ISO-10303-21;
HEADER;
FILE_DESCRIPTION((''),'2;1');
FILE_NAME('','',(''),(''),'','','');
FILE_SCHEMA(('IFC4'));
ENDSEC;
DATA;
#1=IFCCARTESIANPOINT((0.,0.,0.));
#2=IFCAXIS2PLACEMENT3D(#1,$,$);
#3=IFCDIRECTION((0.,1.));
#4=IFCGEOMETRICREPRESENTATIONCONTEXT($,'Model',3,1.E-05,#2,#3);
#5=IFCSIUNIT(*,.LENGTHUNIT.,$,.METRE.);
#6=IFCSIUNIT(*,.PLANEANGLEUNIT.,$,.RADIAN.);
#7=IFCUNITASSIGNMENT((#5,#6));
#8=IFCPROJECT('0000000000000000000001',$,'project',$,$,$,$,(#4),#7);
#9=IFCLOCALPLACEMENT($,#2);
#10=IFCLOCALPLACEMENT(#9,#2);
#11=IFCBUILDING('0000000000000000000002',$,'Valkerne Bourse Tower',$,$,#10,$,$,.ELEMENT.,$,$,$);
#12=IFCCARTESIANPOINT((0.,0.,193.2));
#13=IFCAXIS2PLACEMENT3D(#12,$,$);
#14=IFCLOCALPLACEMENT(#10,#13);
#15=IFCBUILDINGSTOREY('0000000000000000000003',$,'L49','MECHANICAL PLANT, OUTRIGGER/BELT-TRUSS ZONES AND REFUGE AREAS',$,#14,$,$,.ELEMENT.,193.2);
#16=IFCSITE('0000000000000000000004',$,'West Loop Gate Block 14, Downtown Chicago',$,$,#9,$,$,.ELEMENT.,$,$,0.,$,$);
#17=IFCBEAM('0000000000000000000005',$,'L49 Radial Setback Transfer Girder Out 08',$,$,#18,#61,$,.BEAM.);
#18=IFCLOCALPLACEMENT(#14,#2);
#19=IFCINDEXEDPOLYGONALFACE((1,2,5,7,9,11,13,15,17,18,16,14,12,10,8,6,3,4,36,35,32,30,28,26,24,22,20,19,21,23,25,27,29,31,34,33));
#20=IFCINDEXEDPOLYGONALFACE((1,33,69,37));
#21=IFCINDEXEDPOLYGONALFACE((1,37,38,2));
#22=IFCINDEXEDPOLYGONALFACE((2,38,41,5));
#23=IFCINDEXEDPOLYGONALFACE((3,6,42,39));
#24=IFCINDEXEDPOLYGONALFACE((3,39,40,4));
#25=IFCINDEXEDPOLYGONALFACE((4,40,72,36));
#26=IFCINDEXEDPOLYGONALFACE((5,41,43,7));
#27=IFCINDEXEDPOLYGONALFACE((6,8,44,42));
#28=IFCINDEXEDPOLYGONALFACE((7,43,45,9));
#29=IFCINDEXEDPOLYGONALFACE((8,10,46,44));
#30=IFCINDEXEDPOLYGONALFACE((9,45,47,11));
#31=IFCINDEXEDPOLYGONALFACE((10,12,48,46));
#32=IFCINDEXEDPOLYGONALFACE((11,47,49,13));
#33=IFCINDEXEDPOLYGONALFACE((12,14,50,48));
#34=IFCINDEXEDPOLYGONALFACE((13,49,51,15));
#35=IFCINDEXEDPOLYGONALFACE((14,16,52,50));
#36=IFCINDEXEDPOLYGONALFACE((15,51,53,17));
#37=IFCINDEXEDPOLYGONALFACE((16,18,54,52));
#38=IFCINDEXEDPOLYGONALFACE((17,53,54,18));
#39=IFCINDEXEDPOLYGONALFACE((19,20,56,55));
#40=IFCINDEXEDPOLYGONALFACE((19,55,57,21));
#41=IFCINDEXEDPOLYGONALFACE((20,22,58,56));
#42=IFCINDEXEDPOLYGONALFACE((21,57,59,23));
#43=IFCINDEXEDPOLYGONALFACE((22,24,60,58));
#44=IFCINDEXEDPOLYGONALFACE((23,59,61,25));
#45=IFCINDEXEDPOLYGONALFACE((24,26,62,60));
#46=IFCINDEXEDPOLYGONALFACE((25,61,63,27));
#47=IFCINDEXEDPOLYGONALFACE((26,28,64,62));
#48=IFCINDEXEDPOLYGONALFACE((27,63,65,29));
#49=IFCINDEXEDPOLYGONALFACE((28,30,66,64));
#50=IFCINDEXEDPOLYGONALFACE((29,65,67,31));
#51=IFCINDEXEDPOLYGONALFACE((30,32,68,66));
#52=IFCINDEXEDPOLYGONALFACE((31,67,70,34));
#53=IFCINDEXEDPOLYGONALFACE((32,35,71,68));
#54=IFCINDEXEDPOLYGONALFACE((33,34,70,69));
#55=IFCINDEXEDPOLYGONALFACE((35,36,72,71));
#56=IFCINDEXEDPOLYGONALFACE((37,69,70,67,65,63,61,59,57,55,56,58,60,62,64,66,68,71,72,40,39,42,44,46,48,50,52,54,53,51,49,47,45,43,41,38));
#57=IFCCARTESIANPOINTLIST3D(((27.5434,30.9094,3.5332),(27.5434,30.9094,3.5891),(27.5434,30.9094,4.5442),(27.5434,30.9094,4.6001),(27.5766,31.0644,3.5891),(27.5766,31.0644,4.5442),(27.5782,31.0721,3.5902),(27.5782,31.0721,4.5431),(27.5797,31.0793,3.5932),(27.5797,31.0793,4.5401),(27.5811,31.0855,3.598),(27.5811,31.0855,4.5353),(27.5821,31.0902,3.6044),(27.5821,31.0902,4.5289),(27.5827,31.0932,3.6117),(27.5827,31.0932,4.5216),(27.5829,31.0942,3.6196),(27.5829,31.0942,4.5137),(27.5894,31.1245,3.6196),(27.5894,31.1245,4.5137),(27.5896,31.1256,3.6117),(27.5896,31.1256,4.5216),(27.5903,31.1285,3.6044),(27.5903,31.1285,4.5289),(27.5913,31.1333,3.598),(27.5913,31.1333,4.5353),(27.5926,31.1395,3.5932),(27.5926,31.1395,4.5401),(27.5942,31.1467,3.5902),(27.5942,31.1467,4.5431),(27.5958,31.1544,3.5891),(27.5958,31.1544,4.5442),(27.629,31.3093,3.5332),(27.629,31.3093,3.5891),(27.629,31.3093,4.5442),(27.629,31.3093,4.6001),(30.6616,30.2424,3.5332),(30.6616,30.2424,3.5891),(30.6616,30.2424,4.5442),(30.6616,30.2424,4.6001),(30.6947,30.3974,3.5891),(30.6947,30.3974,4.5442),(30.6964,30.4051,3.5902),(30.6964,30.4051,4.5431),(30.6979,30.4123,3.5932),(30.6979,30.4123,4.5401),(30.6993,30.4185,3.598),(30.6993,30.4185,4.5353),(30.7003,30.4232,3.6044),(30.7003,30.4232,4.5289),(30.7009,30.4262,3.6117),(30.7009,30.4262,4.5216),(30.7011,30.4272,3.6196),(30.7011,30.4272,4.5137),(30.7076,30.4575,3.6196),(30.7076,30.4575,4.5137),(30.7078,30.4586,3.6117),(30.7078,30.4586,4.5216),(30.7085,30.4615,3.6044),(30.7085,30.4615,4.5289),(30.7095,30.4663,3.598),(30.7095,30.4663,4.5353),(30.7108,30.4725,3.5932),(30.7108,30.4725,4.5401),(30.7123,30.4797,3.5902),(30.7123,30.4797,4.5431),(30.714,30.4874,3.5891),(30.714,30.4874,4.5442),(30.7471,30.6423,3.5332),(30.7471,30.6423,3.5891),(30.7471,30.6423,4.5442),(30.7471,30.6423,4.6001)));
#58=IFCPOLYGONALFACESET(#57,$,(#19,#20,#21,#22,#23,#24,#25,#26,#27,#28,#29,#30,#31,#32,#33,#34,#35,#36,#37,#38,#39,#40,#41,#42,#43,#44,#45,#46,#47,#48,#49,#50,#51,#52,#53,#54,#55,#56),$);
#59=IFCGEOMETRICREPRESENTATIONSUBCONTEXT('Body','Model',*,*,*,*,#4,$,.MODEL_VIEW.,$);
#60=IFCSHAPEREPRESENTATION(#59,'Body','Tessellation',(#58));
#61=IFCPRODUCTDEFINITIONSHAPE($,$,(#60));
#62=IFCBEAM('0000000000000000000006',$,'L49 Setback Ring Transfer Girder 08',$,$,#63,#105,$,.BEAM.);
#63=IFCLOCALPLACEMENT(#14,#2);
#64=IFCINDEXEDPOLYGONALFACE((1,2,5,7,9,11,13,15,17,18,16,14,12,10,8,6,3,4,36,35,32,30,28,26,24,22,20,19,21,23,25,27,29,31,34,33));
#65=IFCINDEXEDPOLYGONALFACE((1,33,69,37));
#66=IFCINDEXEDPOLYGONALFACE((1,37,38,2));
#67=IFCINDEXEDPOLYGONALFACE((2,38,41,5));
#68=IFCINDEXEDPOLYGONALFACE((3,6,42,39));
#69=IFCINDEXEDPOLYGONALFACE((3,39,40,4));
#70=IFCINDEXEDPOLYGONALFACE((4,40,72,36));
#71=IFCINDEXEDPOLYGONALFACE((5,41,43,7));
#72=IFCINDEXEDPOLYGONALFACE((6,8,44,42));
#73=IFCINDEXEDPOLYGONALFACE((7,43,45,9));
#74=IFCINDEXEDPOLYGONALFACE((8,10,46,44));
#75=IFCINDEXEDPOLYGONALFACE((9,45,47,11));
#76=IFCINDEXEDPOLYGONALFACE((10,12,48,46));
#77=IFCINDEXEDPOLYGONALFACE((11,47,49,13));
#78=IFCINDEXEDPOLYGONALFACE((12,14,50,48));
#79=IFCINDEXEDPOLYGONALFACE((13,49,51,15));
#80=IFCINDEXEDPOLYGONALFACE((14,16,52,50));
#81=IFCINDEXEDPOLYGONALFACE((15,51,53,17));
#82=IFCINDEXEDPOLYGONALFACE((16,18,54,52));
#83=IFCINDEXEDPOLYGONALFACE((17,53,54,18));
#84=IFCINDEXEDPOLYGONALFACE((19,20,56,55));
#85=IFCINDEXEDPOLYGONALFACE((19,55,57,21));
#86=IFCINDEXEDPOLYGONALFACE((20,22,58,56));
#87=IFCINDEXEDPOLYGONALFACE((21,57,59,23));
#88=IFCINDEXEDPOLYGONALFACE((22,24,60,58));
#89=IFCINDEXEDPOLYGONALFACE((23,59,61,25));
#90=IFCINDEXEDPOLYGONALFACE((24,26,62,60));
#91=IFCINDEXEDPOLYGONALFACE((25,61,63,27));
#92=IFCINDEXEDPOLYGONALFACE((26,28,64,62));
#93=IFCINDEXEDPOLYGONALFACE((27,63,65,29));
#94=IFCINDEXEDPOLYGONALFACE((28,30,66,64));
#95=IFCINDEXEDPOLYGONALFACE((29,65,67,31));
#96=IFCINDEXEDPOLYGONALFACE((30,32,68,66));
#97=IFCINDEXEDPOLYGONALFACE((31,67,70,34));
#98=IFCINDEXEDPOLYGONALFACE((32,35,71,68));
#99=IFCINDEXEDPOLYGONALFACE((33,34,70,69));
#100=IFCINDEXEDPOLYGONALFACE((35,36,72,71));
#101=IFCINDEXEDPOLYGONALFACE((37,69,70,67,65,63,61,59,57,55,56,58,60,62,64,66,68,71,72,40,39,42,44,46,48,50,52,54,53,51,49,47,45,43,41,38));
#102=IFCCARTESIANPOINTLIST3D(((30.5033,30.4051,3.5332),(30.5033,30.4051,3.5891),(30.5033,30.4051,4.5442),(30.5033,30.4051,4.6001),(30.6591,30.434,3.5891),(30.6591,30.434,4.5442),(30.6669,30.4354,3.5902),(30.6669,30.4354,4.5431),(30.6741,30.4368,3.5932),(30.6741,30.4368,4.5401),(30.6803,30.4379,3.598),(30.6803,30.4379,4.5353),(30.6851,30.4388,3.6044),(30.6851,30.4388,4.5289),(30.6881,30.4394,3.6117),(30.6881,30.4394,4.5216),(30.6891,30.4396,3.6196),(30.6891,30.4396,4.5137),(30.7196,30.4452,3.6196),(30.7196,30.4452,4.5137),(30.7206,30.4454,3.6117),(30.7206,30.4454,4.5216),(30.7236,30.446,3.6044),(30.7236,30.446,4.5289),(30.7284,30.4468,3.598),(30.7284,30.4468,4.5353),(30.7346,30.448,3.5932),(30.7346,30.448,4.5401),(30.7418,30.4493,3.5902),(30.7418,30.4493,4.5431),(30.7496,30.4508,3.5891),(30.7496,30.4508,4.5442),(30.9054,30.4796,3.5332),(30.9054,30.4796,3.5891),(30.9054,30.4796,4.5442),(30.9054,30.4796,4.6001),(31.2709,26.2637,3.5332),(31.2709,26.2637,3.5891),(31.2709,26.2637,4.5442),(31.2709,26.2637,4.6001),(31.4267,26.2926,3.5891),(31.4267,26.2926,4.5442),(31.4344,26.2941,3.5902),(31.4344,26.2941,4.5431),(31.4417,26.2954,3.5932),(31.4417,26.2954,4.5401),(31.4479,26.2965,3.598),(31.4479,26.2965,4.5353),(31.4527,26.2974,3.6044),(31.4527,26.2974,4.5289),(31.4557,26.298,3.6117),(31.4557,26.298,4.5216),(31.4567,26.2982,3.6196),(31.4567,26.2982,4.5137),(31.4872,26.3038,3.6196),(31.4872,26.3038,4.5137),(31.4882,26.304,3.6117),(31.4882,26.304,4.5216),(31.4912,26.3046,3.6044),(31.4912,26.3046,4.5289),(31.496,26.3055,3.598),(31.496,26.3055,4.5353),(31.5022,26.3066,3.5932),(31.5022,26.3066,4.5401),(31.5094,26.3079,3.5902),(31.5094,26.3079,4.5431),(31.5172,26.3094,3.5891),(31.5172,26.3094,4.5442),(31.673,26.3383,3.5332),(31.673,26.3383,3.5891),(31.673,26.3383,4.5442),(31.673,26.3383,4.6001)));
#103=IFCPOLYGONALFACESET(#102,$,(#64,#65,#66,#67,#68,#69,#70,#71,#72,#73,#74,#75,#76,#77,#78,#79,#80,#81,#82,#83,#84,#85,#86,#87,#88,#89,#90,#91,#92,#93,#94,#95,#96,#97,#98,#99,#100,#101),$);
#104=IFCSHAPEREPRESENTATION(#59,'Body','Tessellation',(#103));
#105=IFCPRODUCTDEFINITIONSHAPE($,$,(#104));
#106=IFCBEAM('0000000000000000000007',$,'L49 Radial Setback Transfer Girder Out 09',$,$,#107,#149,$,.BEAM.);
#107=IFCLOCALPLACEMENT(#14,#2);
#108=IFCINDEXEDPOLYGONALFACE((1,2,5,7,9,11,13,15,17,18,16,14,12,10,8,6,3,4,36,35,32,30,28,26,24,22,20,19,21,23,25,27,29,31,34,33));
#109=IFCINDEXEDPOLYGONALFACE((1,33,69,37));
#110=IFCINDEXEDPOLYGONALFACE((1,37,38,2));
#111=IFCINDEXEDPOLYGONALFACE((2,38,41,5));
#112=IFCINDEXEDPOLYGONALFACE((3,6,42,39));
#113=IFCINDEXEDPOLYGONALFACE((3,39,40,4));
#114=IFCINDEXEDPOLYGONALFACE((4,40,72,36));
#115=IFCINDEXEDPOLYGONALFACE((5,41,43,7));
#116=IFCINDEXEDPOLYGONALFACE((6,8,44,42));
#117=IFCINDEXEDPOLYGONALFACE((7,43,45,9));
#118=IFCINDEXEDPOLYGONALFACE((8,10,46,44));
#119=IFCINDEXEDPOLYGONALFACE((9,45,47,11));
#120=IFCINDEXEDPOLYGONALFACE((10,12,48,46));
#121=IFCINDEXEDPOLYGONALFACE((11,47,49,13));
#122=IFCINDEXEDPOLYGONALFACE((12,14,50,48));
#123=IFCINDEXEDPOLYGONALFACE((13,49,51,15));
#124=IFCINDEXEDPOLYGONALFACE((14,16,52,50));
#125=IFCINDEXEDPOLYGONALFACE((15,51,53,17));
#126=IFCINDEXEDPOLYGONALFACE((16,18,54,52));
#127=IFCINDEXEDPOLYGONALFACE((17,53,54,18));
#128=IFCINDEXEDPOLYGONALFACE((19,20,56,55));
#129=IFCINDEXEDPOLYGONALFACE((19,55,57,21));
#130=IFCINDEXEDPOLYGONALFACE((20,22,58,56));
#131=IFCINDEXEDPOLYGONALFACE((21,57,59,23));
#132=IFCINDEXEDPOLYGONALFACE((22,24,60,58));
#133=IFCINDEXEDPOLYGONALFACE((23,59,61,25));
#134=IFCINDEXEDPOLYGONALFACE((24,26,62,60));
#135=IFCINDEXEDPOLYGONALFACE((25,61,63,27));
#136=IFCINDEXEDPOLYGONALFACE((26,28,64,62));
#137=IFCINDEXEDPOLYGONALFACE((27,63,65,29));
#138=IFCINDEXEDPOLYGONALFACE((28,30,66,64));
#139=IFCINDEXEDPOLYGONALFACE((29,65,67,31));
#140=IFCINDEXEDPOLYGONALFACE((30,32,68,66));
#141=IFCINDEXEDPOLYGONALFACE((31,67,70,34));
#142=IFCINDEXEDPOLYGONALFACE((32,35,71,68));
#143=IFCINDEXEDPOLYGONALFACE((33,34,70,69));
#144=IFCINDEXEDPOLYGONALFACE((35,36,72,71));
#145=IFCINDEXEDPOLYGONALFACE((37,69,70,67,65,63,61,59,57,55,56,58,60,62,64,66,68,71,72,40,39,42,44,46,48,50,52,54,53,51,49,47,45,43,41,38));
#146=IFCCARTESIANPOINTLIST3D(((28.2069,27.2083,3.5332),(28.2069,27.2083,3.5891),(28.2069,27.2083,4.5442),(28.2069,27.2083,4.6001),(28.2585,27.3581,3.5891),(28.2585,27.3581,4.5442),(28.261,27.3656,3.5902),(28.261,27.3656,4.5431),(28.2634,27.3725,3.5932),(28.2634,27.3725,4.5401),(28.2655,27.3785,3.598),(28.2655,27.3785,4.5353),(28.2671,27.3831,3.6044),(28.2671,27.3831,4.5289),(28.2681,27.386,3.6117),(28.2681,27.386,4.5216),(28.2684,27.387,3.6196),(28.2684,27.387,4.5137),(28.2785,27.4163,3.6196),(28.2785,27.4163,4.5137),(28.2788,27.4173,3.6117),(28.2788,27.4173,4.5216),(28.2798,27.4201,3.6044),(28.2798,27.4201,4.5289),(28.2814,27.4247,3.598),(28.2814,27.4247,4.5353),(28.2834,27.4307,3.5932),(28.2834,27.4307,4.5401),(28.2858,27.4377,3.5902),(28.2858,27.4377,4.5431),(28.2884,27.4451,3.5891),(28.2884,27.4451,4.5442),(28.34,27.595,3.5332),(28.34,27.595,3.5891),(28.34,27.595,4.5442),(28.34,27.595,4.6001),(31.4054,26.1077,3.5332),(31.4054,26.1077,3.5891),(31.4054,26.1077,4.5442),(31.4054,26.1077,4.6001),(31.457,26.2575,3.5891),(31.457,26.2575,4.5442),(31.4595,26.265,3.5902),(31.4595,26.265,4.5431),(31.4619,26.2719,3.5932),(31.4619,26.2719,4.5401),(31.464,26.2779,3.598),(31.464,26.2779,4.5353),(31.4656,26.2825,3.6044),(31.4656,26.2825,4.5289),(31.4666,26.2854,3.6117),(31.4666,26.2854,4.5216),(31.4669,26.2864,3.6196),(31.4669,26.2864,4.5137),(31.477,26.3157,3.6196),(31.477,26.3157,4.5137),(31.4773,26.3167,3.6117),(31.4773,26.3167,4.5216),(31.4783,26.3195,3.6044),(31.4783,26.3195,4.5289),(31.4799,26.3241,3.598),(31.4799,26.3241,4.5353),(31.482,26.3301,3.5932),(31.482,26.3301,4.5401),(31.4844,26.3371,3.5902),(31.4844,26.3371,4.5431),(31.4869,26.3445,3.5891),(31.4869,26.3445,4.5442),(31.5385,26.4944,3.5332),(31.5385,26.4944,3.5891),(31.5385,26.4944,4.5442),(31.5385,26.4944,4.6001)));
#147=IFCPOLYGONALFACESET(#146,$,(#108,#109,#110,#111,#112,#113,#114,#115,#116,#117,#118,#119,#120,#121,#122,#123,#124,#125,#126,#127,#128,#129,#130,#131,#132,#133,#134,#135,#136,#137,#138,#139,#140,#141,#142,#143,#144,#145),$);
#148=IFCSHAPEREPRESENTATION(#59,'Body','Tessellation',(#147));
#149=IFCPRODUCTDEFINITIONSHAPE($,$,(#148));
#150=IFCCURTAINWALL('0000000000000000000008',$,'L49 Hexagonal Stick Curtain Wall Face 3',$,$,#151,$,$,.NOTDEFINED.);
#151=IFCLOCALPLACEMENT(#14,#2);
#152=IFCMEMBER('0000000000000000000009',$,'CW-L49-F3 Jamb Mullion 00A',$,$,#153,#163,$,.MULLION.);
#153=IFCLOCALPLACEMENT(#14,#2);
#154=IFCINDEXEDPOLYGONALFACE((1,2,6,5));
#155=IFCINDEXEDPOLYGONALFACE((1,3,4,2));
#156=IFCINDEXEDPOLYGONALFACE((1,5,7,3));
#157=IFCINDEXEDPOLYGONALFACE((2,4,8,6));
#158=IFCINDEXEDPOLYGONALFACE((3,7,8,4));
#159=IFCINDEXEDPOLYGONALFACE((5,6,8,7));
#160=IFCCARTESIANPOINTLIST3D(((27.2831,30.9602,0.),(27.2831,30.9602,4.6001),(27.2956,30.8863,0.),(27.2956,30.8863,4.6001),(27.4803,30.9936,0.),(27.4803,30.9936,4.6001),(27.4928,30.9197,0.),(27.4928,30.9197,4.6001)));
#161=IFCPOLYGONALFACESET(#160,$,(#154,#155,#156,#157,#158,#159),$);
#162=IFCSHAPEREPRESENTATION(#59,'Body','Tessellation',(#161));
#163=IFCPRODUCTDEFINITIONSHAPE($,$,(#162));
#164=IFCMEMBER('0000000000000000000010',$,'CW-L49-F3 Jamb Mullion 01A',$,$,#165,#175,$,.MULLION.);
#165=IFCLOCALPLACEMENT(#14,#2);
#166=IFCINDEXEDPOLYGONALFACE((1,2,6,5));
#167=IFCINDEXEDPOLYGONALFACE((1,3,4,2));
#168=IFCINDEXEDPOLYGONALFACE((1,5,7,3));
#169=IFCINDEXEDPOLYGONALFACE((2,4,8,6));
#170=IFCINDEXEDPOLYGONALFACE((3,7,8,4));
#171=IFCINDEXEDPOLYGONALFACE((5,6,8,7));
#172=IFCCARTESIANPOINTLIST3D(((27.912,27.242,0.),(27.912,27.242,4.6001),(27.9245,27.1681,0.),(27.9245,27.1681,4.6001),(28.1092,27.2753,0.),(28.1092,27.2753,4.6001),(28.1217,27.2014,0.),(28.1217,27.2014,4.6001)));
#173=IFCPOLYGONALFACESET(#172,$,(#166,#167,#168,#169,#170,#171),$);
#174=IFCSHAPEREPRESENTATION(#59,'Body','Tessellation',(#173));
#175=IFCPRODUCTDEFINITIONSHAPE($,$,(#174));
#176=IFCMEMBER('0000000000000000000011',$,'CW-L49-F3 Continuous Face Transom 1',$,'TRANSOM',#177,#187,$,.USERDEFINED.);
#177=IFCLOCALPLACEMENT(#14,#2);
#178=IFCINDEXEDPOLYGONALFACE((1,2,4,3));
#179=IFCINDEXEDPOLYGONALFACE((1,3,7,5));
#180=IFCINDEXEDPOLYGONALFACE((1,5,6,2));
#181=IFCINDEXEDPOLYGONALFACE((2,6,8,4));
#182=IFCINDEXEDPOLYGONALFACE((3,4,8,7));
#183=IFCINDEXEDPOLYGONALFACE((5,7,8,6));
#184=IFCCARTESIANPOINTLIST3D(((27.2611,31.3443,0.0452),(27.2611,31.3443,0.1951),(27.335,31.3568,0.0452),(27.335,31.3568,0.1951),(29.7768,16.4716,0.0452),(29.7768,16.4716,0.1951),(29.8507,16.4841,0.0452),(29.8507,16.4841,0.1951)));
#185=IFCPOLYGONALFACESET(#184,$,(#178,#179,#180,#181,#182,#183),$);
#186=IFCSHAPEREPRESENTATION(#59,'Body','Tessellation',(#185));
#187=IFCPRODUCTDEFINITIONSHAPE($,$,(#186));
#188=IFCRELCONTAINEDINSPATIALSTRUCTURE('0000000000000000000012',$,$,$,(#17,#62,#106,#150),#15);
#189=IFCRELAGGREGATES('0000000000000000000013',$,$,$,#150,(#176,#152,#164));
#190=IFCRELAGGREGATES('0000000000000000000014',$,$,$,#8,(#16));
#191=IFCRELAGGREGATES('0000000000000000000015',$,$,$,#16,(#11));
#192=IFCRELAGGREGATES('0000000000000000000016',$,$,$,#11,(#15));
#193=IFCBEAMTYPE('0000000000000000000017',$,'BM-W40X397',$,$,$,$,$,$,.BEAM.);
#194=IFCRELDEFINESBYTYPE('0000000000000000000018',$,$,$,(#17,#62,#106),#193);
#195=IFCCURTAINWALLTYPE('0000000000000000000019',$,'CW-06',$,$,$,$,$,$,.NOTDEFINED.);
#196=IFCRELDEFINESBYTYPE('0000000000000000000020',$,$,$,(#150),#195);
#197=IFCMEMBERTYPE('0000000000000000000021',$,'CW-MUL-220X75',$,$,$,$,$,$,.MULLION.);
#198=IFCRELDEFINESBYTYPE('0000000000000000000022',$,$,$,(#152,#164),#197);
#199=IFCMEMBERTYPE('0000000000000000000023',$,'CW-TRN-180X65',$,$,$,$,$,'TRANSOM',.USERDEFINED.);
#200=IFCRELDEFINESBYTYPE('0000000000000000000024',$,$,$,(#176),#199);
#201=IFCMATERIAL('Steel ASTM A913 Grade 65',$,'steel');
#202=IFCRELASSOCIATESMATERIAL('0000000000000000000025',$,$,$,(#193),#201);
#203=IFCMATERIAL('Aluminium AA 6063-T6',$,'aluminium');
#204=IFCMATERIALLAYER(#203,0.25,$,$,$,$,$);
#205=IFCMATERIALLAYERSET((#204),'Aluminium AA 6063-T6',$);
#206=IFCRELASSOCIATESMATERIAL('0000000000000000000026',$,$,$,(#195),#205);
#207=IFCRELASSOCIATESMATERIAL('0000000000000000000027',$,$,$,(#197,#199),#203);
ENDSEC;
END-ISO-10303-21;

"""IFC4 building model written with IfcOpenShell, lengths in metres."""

from ifc_helpers import new_model, si_unit, direction, frame, origin, origin_2d, place, context, subcontext, project, spatial, rectangle, i_section, extrude, material, layer, layer_set, material_profile, profile_set, type_object, element, aggregate, save


model = new_model("IFC4")

# Units and contexts
model_context = context("Model", 3, precision=1e-05, world=origin(), true_north=direction((0.0, 1.0)))
body_context = subcontext(model_context, "Body", "Model", "MODEL_VIEW")
ifc_project = project(units=[si_unit("LENGTHUNIT", "METRE"), si_unit("PLANEANGLEUNIT", "RADIAN")], contexts=[model_context])

# Site, building, storey
site_placement = place(None, origin())
site = spatial("IfcSite", under=ifc_project, at=site_placement, Name="West Loop Gate Block 14, Downtown Chicago", CompositionType="ELEMENT", RefElevation=0.0)
building_placement = place(site_placement, origin())
building = spatial("IfcBuilding", under=site, at=building_placement, Name="Valkerne Bourse Tower", CompositionType="ELEMENT")
storey_placement = place(building_placement, frame((0.0, 0.0, 193.2)))
storey = spatial("IfcBuildingStorey", under=building, at=storey_placement, Name="L49", Description="MECHANICAL PLANT, OUTRIGGER/BELT-TRUSS ZONES AND REFUGE AREAS", CompositionType="ELEMENT", Elevation=193.2)

# Shared definitions
ifc_material_1 = material(Name="Steel ASTM A913 Grade 65", Category="steel")

# Beams
ifc_material_profile_1 = material_profile(ifc_material_1, i_section(OverallWidth=0.4089, OverallDepth=1.0669, WebThickness=0.031, FlangeThickness=0.0559, FilletRadius=0.0305, at=origin_2d()), Name="W40X397")
ifc_profile_set_1 = profile_set([ifc_material_profile_1], Name="Steel ASTM A913 Grade 65")
beam_type_1 = type_object("IfcBeamType", Name="BM-W40X397", PredefinedType="BEAM", material=ifc_profile_set_1)
beam_1_placement = place(storey_placement, frame((27.5862, 31.1094, 4.0667), z_axis=(0.977879, -0.209174, 0.0), x_axis=(0.209174, 0.977879, 0.0)))
element("IfcBeam", 1, at=beam_1_placement, inside=storey, type_object=beam_type_1, Name="L49 Radial Setback Transfer Girder Out 08", PredefinedType="BEAM", context=body_context, shape_type="SweptSolid", body=[
    extrude(i_section(OverallWidth=0.4089, OverallDepth=1.0669, WebThickness=0.031, FlangeThickness=0.0559, FilletRadius=0.0305, at=origin_2d()), origin(), (0.0, 0.0, 1.0), 3.1887),
])
beam_2_placement = place(storey_placement, frame((30.7043, 30.4424, 4.0667), z_axis=(0.182241, -0.983254, 0.0), x_axis=(0.983254, 0.182241, 0.0)))
element("IfcBeam", 2, at=beam_2_placement, inside=storey, type_object=beam_type_1, Name="L49 Setback Ring Transfer Girder 08", PredefinedType="BEAM", context=body_context, shape_type="SweptSolid", body=[
    extrude(i_section(OverallWidth=0.4089, OverallDepth=1.0669, WebThickness=0.031, FlangeThickness=0.0559, FilletRadius=0.0305, at=origin_2d()), origin(), (0.0, 0.0, 1.0), 4.2119),
])
beam_3_placement = place(storey_placement, frame((28.2734, 27.4016, 4.0667), z_axis=(0.945586, -0.325372, 0.0), x_axis=(0.325372, 0.945586, 0.0)))
element("IfcBeam", 3, at=beam_3_placement, inside=storey, type_object=beam_type_1, Name="L49 Radial Setback Transfer Girder Out 09", PredefinedType="BEAM", context=body_context, shape_type="SweptSolid", body=[
    extrude(i_section(OverallWidth=0.4089, OverallDepth=1.0669, WebThickness=0.031, FlangeThickness=0.0559, FilletRadius=0.0305, at=origin_2d()), origin(), (0.0, 0.0, 1.0), 3.3826),
])

# Curtain wall, members
ifc_material_2 = material(Name="Aluminium AA 6063-T6", Category="aluminium")
ifc_layer_1 = layer(ifc_material_2, 0.25)
ifc_layer_set_1 = layer_set([ifc_layer_1], Name="Aluminium AA 6063-T6")
curtain_wall_type = type_object("IfcCurtainWallType", Name="CW-06", PredefinedType="NOTDEFINED", material=ifc_layer_set_1)
curtain_wall_placement = place(storey_placement, origin())
curtain_wall = element("IfcCurtainWall", 4, at=curtain_wall_placement, inside=storey, type_object=curtain_wall_type, Name="L49 Hexagonal Stick Curtain Wall Face 3", PredefinedType="NOTDEFINED")
ifc_material_profile_2 = material_profile(ifc_material_2, rectangle(XDim=0.075, YDim=0.2, at=origin_2d()), Name="CWM-75X200")
ifc_profile_set_2 = profile_set([ifc_material_profile_2], Name="Aluminium AA 6063-T6")
member_type_1 = type_object("IfcMemberType", Name="CW-MUL-220X75", PredefinedType="MULLION", material=ifc_profile_set_2)
member_1_placement = place(storey_placement, frame((27.3879, 30.9399, 0.0), z_axis=(0.0, 0.0, 1.0), x_axis=(0.166772, -0.985995, 0.0)))
member_1 = element("IfcMember", 5, at=member_1_placement, type_object=member_type_1, Name="CW-L49-F3 Jamb Mullion 00A", PredefinedType="MULLION", context=body_context, shape_type="SweptSolid", body=[
    extrude(rectangle(XDim=0.075, YDim=0.2, at=origin_2d()), origin(), (0.0, 0.0, 1.0), 4.6001),
])
member_2_placement = place(storey_placement, frame((28.0168, 27.2217, 0.0), z_axis=(0.0, 0.0, 1.0), x_axis=(0.166746, -0.986, 0.0)))
member_2 = element("IfcMember", 6, at=member_2_placement, type_object=member_type_1, Name="CW-L49-F3 Jamb Mullion 01A", PredefinedType="MULLION", context=body_context, shape_type="SweptSolid", body=[
    extrude(rectangle(XDim=0.075, YDim=0.2, at=origin_2d()), origin(), (0.0, 0.0, 1.0), 4.6001),
])
ifc_material_profile_3 = material_profile(ifc_material_2, rectangle(XDim=0.075, YDim=0.1499, at=origin_2d()), Name="CWT-75X150")
ifc_profile_set_3 = profile_set([ifc_material_profile_3], Name="Aluminium AA 6063-T6")
member_type_2 = type_object("IfcMemberType", Name="CW-TRN-180X65", ElementType="TRANSOM", PredefinedType="USERDEFINED", material=ifc_profile_set_3)
member_3_placement = place(storey_placement, frame((27.2981, 31.3506, 0.1201), z_axis=(0.166774, -0.985995, 0.0), x_axis=(0.985995, 0.166774, 0.0)))
member_3 = element("IfcMember", 7, at=member_3_placement, type_object=member_type_2, Name="CW-L49-F3 Continuous Face Transom 1", ObjectType="TRANSOM", PredefinedType="USERDEFINED", context=body_context, shape_type="SweptSolid", body=[
    extrude(rectangle(XDim=0.075, YDim=0.1499, at=origin_2d()), origin(), (0.0, 0.0, 1.0), 15.084),
])

aggregate(curtain_wall, [member_3, member_1, member_2])

save(model, "model.ifc")
